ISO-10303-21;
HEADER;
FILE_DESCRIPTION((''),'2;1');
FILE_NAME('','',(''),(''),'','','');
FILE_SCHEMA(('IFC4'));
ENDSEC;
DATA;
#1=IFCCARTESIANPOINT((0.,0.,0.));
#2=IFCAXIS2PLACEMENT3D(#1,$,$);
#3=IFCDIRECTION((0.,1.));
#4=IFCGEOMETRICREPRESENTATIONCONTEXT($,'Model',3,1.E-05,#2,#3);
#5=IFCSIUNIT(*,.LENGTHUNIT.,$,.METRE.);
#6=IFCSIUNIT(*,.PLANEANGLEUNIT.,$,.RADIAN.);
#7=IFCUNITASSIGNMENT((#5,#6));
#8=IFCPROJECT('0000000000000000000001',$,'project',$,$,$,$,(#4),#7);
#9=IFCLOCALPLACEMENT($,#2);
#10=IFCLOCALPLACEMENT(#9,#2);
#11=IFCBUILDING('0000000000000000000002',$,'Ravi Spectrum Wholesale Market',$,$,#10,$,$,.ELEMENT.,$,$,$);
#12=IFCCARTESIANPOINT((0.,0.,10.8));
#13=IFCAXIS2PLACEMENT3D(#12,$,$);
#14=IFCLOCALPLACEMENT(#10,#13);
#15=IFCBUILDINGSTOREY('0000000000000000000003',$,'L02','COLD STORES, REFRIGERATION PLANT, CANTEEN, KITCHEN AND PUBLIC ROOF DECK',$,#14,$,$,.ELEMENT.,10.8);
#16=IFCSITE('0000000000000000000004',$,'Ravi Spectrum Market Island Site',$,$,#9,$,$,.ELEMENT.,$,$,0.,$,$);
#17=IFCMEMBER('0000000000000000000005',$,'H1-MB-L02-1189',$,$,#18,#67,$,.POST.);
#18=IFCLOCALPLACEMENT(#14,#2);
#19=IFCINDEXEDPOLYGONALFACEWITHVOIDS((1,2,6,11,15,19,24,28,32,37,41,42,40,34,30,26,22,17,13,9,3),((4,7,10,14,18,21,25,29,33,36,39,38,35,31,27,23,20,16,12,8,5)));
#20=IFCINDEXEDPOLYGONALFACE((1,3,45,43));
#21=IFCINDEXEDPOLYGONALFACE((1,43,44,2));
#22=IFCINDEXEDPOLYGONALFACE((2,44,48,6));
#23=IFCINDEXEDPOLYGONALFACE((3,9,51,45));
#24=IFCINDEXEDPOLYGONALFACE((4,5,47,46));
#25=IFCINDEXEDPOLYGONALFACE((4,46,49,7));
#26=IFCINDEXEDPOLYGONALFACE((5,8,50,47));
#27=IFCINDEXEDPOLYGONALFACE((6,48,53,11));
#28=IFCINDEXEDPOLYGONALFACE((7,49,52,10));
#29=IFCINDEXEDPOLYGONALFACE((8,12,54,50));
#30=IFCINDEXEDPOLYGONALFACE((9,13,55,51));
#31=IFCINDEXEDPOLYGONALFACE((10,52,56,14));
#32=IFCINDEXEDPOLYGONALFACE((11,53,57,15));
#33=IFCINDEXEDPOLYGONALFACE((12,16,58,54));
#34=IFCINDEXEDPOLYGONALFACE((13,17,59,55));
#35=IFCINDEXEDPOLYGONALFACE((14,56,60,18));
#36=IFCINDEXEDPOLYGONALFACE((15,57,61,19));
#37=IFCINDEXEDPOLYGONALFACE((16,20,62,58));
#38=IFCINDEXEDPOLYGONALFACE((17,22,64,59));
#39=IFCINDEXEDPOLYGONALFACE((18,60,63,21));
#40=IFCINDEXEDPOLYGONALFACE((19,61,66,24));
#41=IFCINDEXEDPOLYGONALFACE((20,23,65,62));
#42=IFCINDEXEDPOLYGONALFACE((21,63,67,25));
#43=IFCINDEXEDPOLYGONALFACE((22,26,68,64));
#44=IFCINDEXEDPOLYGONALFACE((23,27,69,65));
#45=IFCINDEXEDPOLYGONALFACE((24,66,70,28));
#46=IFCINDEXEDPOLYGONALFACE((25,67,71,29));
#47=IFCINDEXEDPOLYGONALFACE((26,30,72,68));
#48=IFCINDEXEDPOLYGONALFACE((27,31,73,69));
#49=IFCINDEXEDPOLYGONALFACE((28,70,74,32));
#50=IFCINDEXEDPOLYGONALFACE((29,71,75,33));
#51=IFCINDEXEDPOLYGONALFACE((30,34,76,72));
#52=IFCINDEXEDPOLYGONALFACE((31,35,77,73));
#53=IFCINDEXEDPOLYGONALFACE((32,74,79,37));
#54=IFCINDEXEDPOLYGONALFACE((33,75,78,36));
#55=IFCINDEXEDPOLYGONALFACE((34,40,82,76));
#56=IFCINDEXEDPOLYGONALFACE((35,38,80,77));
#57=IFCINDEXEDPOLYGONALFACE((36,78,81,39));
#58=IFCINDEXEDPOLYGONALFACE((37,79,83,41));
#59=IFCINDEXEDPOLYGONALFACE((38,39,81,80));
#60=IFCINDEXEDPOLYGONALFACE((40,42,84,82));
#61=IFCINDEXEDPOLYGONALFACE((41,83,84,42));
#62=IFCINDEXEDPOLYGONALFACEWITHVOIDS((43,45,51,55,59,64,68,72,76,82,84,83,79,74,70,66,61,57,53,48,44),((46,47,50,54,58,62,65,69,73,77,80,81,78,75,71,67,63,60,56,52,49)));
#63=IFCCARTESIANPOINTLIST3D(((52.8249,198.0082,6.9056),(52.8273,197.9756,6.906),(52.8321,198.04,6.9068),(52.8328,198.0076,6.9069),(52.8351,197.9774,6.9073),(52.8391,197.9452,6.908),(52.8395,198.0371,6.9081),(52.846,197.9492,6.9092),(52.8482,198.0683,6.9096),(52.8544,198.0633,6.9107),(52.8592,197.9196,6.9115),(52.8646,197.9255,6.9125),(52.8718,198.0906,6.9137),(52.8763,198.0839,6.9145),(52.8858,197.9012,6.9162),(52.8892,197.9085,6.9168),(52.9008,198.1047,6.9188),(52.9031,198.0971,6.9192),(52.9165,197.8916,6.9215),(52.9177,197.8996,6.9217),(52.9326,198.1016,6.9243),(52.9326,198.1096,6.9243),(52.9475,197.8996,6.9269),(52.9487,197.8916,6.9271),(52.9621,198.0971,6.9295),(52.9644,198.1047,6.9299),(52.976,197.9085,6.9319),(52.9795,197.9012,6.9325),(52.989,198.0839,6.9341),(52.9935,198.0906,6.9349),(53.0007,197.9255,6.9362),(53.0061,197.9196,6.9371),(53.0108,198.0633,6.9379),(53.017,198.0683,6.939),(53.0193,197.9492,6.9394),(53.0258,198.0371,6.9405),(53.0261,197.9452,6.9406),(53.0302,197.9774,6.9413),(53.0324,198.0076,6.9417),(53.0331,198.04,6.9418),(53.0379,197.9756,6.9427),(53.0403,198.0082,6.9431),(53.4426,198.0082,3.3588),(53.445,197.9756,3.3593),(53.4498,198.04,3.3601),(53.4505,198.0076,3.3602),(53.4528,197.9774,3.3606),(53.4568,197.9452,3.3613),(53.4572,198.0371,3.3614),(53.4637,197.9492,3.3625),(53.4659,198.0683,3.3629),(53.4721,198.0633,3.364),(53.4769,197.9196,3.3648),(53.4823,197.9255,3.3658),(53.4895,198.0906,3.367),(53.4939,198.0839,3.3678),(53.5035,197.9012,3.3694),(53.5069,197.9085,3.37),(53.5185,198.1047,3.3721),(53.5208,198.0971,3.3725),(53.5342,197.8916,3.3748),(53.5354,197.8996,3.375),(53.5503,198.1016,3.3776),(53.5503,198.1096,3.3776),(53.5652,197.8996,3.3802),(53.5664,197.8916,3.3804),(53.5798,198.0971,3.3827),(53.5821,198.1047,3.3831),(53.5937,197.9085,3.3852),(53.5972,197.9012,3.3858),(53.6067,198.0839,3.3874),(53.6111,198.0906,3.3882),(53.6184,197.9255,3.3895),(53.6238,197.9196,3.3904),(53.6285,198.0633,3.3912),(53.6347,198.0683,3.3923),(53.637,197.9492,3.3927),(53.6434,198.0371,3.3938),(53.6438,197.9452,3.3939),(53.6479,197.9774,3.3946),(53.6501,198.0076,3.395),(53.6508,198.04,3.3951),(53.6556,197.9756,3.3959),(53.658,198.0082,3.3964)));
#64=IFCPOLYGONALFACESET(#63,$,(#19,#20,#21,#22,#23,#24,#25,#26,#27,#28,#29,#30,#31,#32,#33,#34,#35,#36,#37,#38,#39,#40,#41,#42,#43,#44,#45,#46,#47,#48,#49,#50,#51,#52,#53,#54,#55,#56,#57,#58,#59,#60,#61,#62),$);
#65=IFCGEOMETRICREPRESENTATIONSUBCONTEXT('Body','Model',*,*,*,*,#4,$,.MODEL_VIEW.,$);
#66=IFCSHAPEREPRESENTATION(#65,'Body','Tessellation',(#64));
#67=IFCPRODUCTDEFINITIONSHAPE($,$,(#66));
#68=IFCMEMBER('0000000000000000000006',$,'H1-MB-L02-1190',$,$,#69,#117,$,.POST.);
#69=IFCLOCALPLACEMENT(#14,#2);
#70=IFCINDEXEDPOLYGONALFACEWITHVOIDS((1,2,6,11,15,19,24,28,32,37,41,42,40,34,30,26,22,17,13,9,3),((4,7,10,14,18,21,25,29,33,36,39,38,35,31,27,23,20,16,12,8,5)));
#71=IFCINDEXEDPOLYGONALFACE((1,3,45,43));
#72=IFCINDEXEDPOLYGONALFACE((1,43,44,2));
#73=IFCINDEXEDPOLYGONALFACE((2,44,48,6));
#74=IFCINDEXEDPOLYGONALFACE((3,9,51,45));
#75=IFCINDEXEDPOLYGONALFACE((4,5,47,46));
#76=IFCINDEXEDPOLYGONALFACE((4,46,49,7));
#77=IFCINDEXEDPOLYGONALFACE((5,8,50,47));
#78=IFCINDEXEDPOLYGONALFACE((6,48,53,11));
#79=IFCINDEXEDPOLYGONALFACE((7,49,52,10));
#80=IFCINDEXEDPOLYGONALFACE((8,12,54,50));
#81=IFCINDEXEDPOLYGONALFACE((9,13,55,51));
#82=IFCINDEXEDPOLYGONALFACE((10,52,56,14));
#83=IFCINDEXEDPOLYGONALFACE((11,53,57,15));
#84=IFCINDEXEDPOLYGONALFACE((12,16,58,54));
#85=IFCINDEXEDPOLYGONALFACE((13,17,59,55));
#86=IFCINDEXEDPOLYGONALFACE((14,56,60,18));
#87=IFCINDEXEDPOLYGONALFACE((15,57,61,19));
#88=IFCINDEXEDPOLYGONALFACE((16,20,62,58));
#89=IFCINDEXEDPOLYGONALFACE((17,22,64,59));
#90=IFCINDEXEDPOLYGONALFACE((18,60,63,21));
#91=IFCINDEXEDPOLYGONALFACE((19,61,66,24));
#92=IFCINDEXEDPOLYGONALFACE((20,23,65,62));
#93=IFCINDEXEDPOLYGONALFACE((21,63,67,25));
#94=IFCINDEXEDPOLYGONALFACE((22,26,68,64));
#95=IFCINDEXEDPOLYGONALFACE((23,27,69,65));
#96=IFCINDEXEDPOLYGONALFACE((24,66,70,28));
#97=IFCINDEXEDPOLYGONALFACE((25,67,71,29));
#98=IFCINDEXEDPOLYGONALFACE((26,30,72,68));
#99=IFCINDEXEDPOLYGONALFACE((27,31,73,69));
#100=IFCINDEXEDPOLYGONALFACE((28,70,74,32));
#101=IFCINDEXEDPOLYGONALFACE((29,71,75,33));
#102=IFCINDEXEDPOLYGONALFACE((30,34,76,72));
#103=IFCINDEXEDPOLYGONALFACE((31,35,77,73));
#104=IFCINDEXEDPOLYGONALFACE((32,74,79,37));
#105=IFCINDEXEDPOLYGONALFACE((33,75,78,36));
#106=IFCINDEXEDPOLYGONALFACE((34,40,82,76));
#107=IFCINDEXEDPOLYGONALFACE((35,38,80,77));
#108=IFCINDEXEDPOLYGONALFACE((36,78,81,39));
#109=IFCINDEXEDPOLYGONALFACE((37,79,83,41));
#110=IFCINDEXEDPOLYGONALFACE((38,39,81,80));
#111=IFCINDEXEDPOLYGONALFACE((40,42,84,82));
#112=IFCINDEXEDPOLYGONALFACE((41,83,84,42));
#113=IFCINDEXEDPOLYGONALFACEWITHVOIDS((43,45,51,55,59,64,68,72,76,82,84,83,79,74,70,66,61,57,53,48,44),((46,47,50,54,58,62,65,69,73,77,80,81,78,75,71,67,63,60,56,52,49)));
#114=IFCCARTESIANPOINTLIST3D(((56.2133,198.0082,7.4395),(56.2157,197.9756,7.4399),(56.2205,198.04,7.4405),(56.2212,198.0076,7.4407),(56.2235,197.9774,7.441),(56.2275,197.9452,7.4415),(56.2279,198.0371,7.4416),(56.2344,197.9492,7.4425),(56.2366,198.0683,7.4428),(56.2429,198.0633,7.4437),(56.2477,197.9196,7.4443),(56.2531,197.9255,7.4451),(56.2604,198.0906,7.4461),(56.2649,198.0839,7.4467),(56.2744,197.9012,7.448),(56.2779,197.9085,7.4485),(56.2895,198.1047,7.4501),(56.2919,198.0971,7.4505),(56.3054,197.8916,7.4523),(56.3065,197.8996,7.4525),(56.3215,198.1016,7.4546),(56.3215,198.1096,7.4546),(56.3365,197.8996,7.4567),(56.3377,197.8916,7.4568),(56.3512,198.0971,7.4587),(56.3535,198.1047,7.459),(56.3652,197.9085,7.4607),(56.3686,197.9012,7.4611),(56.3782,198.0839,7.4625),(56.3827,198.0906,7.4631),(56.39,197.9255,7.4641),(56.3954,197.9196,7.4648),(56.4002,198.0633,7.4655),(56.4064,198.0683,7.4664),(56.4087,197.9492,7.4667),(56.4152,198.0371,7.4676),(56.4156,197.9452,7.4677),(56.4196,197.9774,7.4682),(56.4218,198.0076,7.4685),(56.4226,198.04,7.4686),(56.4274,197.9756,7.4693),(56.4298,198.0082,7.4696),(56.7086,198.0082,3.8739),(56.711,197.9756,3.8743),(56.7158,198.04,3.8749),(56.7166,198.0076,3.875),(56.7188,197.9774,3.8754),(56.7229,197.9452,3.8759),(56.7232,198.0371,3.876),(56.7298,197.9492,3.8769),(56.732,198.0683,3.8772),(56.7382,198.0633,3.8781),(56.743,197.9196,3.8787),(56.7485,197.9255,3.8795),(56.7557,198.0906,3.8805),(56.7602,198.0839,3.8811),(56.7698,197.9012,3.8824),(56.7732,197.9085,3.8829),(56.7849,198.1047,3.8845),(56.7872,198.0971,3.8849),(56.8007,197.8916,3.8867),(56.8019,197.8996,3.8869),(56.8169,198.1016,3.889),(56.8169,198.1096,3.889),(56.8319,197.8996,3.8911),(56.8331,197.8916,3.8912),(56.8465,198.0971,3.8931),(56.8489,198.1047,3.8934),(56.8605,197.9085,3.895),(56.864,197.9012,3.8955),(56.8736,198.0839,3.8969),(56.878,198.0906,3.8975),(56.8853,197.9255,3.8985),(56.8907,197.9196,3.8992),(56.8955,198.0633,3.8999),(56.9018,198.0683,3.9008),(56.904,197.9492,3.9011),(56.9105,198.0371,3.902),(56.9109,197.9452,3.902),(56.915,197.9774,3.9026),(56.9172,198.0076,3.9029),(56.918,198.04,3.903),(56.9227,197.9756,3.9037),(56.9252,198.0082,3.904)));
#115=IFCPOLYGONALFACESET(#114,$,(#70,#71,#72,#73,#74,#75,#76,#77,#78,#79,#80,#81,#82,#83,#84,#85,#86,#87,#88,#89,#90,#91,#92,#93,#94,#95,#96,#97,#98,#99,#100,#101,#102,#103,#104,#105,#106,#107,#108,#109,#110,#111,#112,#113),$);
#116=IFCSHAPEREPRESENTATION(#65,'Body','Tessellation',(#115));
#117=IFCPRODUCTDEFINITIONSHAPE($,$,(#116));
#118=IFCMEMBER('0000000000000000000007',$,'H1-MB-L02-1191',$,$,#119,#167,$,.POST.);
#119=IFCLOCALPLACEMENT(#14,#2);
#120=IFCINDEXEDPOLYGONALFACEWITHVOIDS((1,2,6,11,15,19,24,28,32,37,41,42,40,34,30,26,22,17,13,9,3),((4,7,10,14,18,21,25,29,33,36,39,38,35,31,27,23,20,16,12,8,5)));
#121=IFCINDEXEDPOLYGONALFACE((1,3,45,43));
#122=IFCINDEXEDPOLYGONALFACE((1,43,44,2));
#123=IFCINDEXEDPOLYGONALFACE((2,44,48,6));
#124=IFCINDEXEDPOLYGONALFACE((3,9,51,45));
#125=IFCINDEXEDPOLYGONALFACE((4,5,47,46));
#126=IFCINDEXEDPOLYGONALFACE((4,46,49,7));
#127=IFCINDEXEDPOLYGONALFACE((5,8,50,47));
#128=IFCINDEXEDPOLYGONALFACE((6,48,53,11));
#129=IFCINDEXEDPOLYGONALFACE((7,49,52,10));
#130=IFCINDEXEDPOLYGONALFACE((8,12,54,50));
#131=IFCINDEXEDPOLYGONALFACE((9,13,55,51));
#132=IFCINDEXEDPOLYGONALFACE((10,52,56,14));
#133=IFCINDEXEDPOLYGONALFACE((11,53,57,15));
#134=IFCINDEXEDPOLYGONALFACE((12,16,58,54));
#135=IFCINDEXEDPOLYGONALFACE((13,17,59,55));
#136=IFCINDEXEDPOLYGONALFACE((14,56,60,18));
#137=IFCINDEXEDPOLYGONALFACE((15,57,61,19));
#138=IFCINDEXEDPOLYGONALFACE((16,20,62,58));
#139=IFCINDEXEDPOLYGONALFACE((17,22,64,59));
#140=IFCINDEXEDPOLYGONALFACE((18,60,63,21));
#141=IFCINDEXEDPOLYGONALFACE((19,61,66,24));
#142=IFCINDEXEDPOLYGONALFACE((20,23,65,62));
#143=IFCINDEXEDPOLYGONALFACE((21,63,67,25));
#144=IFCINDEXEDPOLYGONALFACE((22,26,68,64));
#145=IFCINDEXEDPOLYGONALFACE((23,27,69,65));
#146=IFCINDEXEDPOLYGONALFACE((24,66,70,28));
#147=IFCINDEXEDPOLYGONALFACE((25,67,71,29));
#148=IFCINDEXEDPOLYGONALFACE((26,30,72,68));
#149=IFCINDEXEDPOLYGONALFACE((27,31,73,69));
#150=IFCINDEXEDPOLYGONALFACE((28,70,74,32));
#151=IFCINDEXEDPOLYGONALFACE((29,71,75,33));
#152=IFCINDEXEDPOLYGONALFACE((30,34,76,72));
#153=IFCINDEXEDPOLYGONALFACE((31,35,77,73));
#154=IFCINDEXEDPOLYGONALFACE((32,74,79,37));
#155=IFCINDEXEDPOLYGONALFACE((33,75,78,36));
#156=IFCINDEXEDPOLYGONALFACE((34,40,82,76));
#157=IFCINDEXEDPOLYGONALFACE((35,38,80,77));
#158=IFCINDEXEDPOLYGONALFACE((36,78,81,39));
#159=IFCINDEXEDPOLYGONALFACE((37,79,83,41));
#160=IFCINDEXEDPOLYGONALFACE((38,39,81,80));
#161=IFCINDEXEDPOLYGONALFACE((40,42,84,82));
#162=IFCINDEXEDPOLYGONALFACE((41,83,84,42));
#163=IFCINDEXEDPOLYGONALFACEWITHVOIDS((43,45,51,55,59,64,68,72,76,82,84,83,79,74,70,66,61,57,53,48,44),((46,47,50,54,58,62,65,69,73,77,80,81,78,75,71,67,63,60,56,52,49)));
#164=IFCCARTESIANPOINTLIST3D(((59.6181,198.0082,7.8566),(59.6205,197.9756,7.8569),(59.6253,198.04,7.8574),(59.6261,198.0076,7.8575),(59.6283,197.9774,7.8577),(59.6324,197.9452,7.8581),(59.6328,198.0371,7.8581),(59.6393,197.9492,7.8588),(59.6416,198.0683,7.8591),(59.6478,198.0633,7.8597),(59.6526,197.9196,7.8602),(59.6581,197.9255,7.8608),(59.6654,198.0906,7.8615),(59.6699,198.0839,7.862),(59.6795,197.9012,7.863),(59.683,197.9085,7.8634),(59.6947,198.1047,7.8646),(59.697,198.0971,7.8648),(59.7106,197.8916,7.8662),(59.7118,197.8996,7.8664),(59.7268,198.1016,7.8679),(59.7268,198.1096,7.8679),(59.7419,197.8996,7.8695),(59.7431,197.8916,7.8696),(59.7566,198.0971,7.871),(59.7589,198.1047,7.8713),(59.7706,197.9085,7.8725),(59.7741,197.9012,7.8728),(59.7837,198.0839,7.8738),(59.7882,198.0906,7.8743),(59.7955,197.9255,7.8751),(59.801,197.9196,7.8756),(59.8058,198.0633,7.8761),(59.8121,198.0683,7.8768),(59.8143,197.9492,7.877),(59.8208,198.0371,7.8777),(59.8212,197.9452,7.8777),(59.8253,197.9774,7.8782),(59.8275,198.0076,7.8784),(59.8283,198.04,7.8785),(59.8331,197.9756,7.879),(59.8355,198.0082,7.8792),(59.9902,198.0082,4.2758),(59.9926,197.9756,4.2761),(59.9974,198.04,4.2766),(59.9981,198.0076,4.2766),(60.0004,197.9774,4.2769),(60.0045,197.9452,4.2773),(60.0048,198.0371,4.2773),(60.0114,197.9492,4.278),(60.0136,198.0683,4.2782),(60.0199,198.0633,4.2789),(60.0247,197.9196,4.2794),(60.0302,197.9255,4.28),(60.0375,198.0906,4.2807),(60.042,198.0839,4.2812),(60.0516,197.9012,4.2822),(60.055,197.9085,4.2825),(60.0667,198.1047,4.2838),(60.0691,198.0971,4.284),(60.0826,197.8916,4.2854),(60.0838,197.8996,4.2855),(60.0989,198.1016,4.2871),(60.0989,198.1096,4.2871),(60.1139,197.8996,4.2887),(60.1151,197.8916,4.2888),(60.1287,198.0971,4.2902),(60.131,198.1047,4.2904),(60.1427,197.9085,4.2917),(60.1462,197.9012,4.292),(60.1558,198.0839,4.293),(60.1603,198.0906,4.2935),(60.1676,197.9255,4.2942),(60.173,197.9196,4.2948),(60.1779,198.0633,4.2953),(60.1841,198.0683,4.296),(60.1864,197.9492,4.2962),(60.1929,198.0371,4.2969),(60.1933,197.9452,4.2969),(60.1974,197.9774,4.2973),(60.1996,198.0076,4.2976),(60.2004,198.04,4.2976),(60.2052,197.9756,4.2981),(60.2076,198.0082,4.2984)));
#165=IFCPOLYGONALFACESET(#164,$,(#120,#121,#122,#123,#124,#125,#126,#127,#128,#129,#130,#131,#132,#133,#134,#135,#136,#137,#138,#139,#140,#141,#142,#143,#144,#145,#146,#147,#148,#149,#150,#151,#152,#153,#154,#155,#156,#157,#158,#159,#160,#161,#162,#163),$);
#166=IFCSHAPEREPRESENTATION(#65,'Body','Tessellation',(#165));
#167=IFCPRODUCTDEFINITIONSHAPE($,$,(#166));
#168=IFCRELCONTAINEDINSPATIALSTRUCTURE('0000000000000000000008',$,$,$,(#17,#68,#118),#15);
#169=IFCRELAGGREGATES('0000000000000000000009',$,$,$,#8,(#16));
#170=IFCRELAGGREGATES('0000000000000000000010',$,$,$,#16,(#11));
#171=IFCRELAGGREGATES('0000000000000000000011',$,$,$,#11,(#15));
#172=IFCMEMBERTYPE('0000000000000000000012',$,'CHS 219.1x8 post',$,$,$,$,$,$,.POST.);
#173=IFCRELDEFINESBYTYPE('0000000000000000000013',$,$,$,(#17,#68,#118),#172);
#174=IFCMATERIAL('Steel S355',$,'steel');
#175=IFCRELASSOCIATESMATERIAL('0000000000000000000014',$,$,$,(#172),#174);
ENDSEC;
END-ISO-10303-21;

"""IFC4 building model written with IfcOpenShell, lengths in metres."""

from ifc_helpers import new_model, si_unit, direction, frame, origin, origin_2d, place, context, subcontext, project, spatial, hollow_circle, extrude, material, material_profile, profile_set, type_object, element, save


model = new_model("IFC4")

# Units and contexts
model_context = context("Model", 3, precision=1e-05, world=origin(), true_north=direction((0.0, 1.0)))
body_context = subcontext(model_context, "Body", "Model", "MODEL_VIEW")
ifc_project = project(units=[si_unit("LENGTHUNIT", "METRE"), si_unit("PLANEANGLEUNIT", "RADIAN")], contexts=[model_context])

# Site, building, storey
site_placement = place(None, origin())
site = spatial("IfcSite", under=ifc_project, at=site_placement, Name="Ravi Spectrum Market Island Site", CompositionType="ELEMENT", RefElevation=0.0)
building_placement = place(site_placement, origin())
building = spatial("IfcBuilding", under=site, at=building_placement, Name="Ravi Spectrum Wholesale Market", CompositionType="ELEMENT")
storey_placement = place(building_placement, frame((0.0, 0.0, 10.8)))
storey = spatial("IfcBuildingStorey", under=building, at=storey_placement, Name="L02", Description="COLD STORES, REFRIGERATION PLANT, CANTEEN, KITCHEN AND PUBLIC ROOF DECK", CompositionType="ELEMENT", Elevation=10.8)

# Members
ifc_material_1 = material(Name="Steel S355", Category="steel")
ifc_material_profile_1 = material_profile(ifc_material_1, hollow_circle(Radius=0.1096, WallThickness=0.0081, at=origin_2d()))
ifc_profile_set_1 = profile_set([ifc_material_profile_1], Name="Steel S355")
member_type_1 = type_object("IfcMemberType", Name="CHS 219.1x8 post", PredefinedType="POST", material=ifc_profile_set_1)
member_1_placement = place(storey_placement, frame((52.9326, 198.0, 6.9243), z_axis=(0.171576, 0.0, -0.985171), x_axis=(0.0, 1.0, 0.0)))
element("IfcMember", 1, at=member_1_placement, inside=storey, type_object=member_type_1, Name="H1-MB-L02-1189", PredefinedType="POST", context=body_context, shape_type="SweptSolid", body=[
    extrude(hollow_circle(Radius=0.1096, WallThickness=0.0081, at=origin_2d()), origin(), (0.0, 0.0, 1.0), 3.6001),
])
member_2_placement = place(storey_placement, frame((56.3215, 198.0, 7.4546), z_axis=(0.137603, 0.0, -0.990487), x_axis=(0.0, 1.0, 0.0)))
element("IfcMember", 2, at=member_2_placement, inside=storey, type_object=member_type_1, Name="H1-MB-L02-1190", PredefinedType="POST", context=body_context, shape_type="SweptSolid", body=[
    extrude(hollow_circle(Radius=0.1096, WallThickness=0.0081, at=origin_2d()), origin(), (0.0, 0.0, 1.0), 3.5999),
])
member_3_placement = place(storey_placement, frame((59.7268, 198.0, 7.8679), z_axis=(0.10335, 0.0, -0.994645), x_axis=(0.0, 1.0, 0.0)))
element("IfcMember", 3, at=member_3_placement, inside=storey, type_object=member_type_1, Name="H1-MB-L02-1191", PredefinedType="POST", context=body_context, shape_type="SweptSolid", body=[
    extrude(hollow_circle(Radius=0.1096, WallThickness=0.0081, at=origin_2d()), origin(), (0.0, 0.0, 1.0), 3.6001),
])

save(model, "model.ifc")
